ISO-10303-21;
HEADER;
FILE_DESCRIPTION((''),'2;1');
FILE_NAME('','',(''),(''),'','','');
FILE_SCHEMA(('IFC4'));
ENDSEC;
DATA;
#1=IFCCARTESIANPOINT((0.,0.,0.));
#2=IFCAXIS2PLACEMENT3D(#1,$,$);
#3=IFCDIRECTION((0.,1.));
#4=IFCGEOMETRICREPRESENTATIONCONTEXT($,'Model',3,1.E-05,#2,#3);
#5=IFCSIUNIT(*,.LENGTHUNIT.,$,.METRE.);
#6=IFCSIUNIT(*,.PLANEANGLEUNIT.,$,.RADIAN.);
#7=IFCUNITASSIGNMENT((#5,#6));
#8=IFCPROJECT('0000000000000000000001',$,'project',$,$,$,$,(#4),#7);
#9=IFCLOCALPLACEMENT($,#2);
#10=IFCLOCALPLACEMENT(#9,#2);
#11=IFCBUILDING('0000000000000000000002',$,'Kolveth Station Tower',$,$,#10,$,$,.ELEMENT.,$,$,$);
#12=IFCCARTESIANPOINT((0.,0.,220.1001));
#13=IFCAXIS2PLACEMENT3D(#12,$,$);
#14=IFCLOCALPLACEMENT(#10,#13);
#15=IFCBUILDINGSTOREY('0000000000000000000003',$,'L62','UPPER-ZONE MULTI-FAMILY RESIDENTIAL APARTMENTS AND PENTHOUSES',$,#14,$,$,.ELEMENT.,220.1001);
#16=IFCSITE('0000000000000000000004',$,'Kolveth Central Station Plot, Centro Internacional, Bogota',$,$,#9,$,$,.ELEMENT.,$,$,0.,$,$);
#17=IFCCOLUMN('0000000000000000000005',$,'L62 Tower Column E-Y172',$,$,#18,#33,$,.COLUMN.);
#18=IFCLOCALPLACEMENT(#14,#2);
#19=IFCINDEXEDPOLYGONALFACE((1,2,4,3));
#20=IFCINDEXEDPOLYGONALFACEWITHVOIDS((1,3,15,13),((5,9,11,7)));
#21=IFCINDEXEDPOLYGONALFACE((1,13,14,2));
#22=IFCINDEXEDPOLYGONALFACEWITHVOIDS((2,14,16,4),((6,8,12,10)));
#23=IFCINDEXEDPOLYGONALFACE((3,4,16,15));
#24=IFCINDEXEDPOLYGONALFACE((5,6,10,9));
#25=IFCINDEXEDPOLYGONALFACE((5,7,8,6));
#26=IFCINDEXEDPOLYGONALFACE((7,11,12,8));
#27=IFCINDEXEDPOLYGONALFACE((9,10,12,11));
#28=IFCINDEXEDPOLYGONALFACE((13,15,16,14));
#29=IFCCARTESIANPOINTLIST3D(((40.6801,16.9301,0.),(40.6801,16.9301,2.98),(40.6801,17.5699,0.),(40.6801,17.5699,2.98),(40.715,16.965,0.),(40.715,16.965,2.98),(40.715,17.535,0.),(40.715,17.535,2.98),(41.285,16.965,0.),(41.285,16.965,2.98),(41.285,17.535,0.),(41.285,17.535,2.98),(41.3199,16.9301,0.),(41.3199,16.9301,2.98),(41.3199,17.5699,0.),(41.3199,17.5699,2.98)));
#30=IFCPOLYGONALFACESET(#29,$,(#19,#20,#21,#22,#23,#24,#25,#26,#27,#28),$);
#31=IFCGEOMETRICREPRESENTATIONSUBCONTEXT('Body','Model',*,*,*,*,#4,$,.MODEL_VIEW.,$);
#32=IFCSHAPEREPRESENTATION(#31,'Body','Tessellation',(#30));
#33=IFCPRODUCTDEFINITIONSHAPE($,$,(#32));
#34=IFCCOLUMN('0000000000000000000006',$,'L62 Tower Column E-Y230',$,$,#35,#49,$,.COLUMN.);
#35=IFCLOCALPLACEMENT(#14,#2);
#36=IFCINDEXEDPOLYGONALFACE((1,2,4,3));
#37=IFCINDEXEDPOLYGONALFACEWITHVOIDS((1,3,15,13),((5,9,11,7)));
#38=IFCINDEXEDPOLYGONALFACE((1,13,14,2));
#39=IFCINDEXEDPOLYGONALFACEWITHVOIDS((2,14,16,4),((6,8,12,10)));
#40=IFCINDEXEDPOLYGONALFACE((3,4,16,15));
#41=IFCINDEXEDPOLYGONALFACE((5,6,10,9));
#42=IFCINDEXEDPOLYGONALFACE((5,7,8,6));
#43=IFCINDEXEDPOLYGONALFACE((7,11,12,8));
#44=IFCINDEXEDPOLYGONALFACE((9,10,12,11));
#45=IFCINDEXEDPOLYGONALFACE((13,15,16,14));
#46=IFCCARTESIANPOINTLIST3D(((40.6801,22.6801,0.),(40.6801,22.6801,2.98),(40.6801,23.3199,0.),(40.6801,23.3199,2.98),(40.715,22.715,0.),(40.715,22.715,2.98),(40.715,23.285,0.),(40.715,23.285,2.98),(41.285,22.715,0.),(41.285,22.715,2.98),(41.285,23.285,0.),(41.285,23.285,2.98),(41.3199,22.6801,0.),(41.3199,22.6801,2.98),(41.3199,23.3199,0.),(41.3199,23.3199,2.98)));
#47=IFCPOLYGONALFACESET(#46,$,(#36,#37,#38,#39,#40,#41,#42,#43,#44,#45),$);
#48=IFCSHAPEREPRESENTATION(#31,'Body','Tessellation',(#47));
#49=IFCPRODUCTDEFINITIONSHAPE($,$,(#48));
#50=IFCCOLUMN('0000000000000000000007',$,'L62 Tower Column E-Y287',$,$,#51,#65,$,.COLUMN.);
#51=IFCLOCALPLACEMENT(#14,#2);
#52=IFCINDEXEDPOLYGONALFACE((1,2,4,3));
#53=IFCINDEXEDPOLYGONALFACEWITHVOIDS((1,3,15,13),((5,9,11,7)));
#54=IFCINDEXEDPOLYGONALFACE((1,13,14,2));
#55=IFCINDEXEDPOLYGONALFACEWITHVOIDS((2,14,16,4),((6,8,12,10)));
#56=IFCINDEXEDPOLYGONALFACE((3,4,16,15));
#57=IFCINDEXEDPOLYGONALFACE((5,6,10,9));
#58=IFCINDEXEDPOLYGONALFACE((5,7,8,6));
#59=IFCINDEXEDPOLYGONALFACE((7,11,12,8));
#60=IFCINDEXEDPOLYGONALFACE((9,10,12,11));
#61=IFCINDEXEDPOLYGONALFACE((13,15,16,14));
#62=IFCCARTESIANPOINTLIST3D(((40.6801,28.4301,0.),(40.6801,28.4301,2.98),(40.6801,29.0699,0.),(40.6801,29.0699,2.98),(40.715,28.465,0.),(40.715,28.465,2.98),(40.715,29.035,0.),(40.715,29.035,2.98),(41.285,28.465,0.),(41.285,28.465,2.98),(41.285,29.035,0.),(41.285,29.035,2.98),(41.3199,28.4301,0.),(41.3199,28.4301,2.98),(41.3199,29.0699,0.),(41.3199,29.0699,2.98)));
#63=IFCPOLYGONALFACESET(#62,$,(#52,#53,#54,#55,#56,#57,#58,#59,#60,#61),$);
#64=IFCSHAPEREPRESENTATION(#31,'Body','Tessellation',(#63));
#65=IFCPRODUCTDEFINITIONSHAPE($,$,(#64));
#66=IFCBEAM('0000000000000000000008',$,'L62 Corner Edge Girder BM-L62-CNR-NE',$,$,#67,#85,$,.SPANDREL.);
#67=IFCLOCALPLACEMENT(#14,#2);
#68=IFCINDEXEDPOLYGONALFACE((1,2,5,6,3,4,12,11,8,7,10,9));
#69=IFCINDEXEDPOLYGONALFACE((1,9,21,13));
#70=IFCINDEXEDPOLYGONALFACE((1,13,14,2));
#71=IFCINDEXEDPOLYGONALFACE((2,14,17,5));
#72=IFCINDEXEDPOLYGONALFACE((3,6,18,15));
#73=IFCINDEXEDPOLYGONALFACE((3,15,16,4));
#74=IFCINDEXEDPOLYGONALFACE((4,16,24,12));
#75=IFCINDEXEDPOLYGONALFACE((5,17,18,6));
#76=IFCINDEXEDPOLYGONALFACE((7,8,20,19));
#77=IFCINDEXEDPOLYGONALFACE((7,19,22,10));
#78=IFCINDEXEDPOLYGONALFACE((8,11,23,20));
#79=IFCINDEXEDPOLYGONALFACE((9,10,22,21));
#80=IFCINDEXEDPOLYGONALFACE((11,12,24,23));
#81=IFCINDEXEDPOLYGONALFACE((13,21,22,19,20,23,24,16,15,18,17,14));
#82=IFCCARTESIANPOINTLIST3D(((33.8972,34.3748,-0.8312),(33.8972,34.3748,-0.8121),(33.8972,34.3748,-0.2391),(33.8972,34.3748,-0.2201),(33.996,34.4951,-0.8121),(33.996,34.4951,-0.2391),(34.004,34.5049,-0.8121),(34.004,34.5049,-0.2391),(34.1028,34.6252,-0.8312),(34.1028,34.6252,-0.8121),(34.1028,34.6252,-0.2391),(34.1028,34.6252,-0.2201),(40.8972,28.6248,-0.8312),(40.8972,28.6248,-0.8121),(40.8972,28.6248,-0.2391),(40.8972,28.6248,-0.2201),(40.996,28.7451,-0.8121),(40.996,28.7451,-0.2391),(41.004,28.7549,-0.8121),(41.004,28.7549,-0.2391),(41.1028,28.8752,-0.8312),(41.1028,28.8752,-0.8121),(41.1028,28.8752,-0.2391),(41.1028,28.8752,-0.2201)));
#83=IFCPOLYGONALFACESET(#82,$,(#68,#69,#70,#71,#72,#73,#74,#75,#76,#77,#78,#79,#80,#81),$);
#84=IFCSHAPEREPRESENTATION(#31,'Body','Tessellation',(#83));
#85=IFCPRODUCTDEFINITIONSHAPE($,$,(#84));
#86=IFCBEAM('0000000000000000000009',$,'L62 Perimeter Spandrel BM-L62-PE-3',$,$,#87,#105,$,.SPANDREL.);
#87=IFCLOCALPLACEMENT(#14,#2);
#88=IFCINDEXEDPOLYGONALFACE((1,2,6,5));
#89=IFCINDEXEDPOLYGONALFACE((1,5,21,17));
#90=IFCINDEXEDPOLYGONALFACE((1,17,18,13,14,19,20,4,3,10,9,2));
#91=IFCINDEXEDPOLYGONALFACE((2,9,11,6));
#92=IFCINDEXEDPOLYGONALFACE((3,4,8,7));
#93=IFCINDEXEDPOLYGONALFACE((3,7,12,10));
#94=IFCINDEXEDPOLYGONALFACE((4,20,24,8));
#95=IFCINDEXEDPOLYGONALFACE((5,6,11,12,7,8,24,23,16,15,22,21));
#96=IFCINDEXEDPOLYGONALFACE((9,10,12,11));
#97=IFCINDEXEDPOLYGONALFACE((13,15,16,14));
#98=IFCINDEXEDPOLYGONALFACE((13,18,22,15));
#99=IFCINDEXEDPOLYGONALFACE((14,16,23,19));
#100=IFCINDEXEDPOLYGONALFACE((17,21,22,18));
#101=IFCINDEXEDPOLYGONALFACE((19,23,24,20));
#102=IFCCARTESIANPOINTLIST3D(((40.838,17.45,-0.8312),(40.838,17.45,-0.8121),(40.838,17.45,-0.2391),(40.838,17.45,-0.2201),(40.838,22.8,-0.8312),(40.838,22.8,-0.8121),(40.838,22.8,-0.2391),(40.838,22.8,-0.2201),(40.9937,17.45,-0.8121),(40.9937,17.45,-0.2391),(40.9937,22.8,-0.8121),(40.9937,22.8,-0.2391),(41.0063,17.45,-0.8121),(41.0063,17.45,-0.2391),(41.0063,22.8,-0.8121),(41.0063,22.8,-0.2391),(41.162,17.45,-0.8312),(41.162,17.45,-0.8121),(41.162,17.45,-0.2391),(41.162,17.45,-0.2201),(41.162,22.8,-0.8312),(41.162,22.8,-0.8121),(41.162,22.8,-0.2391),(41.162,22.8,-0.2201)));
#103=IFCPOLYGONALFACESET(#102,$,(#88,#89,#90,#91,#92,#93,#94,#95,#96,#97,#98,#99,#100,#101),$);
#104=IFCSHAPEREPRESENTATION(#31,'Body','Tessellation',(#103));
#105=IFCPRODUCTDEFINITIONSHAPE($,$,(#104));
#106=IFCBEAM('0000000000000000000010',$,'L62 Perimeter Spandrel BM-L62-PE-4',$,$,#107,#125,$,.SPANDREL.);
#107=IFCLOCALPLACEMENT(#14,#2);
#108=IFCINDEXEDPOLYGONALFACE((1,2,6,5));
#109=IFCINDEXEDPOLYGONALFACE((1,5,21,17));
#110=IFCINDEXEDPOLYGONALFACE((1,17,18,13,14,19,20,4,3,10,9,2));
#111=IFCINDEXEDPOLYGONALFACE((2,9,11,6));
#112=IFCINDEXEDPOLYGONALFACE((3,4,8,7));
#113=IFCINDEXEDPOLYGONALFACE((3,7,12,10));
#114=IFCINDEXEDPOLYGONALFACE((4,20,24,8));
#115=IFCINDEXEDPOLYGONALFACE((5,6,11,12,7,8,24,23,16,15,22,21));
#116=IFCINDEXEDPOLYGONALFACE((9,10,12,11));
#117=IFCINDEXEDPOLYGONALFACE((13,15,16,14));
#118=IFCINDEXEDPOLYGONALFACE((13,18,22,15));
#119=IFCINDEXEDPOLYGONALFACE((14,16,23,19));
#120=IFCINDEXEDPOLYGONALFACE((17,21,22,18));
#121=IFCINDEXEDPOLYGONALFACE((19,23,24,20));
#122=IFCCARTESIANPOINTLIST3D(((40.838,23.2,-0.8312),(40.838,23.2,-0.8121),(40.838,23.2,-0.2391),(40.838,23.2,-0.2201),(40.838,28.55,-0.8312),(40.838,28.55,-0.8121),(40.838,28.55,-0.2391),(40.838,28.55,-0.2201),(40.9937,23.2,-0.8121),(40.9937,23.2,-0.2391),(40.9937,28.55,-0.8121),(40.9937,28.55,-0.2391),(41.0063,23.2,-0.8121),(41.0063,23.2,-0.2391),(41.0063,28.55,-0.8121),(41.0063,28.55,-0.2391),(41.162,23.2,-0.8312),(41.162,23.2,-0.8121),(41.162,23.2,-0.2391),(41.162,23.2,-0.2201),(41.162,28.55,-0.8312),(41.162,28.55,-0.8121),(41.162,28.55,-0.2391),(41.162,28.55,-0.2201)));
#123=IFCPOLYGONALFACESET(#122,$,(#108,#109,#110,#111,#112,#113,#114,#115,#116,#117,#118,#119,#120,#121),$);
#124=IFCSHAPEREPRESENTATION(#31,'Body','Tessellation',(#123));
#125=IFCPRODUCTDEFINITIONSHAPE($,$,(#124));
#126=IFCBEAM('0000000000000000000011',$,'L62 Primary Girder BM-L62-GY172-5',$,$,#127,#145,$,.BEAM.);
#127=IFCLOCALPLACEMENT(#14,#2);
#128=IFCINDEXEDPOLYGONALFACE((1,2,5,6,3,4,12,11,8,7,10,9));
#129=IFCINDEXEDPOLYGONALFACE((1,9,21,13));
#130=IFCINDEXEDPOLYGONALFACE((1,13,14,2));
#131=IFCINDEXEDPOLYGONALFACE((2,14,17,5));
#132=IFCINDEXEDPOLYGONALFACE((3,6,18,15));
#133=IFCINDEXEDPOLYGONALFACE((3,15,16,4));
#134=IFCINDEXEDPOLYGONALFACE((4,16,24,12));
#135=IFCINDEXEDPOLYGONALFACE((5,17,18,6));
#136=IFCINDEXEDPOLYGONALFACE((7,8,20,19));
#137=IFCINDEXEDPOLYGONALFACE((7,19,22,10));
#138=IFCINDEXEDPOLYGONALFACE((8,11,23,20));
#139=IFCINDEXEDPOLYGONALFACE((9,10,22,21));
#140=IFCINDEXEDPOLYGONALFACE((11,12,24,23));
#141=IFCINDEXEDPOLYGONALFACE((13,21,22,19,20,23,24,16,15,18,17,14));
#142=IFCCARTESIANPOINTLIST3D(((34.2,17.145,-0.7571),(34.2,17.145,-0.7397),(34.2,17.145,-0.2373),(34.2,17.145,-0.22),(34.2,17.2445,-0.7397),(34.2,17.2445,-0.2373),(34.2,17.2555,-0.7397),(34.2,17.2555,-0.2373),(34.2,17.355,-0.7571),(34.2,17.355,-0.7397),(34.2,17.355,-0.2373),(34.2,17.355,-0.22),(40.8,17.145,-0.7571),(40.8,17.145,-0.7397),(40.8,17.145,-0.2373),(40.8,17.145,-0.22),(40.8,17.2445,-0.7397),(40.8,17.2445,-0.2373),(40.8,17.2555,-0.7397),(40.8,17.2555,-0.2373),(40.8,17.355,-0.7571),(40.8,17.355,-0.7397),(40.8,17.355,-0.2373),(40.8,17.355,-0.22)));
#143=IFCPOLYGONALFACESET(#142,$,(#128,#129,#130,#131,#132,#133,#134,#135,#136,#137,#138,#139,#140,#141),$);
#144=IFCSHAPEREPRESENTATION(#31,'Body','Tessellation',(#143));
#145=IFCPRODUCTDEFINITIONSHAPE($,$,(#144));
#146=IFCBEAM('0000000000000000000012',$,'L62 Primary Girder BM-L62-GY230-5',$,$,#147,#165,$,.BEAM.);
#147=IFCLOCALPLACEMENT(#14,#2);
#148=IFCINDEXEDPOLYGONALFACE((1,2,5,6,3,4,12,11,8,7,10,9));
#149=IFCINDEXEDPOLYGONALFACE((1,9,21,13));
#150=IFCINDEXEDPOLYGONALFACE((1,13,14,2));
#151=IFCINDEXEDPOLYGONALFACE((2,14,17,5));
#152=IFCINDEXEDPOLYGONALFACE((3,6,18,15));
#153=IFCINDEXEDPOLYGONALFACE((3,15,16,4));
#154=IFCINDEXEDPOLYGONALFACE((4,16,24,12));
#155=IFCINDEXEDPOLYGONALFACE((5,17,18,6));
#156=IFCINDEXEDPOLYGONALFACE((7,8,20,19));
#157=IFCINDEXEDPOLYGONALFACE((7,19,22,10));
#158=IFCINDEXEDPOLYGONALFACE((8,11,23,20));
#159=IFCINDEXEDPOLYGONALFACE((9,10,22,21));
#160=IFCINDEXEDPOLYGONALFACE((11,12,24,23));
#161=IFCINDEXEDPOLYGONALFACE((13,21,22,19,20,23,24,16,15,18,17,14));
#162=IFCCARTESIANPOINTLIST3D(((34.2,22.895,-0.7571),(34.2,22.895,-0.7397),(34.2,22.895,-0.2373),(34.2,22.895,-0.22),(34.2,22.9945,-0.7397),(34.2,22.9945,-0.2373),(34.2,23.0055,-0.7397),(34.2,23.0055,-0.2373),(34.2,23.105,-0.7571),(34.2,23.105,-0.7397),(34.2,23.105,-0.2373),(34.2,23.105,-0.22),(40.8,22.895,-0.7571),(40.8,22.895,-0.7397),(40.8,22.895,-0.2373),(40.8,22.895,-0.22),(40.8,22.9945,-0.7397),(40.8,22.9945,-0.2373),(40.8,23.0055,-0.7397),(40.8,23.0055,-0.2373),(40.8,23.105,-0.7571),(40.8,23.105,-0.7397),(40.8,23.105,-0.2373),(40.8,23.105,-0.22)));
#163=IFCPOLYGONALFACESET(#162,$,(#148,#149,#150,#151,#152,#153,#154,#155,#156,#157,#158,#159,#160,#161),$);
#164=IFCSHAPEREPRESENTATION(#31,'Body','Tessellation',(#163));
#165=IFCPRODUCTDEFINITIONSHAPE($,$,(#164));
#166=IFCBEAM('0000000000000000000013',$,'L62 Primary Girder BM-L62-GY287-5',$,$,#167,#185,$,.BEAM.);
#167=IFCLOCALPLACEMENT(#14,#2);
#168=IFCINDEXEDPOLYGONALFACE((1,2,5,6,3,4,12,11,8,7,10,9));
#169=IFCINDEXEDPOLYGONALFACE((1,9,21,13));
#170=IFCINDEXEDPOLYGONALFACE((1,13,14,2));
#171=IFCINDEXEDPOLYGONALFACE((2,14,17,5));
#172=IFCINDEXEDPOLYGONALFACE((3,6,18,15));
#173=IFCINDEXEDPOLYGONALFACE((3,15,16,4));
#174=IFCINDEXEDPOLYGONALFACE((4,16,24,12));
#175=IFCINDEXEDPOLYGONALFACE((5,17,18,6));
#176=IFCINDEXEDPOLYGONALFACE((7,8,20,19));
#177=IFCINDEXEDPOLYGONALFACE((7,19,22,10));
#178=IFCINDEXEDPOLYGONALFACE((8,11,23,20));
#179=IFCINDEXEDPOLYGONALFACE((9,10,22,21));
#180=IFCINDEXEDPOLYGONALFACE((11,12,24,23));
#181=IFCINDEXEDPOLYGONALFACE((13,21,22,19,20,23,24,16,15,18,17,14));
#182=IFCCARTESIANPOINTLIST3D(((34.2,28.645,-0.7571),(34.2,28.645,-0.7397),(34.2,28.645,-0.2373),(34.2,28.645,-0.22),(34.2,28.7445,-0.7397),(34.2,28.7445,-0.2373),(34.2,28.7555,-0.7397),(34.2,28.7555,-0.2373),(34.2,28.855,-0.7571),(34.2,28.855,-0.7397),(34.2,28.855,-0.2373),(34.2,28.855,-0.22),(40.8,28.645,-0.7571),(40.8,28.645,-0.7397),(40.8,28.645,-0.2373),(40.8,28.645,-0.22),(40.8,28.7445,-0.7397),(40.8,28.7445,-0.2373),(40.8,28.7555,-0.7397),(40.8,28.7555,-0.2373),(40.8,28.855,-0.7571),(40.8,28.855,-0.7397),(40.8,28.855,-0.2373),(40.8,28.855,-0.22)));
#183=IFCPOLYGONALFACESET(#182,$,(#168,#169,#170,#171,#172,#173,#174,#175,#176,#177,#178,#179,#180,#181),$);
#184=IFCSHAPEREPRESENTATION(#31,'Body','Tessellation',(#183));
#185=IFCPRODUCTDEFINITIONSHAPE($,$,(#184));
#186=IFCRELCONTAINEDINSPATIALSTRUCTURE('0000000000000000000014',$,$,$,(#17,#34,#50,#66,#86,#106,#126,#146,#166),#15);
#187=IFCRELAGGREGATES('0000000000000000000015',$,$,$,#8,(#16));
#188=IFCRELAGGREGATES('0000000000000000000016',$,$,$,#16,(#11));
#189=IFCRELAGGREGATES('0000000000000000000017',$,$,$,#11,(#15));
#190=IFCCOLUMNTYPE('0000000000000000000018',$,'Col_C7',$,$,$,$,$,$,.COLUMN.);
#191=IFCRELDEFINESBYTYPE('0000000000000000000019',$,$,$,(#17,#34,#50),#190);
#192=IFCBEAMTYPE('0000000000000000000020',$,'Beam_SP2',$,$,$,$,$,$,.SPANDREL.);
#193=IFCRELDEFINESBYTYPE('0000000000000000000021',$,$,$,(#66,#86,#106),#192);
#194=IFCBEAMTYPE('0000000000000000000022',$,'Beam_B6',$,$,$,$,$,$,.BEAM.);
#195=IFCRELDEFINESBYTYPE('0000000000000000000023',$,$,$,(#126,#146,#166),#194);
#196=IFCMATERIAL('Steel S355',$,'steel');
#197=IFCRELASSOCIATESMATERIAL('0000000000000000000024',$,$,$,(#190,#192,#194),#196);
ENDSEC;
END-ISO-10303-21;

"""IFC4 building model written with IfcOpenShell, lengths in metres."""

from ifc_helpers import new_model, si_unit, direction, frame, origin, origin_2d, place, context, subcontext, project, spatial, hollow_rectangle, i_section, extrude, source, transform, mapped, material, material_profile, profile_set, type_object, element, save


model = new_model("IFC4")

# Units and contexts
model_context = context("Model", 3, precision=1e-05, world=origin(), true_north=direction((0.0, 1.0)))
body_context = subcontext(model_context, "Body", "Model", "MODEL_VIEW")
ifc_project = project(units=[si_unit("LENGTHUNIT", "METRE"), si_unit("PLANEANGLEUNIT", "RADIAN")], contexts=[model_context])

# Site, building, storey
site_placement = place(None, origin())
site = spatial("IfcSite", under=ifc_project, at=site_placement, Name="Kolveth Central Station Plot, Centro Internacional, Bogota", CompositionType="ELEMENT", RefElevation=0.0)
building_placement = place(site_placement, origin())
building = spatial("IfcBuilding", under=site, at=building_placement, Name="Kolveth Station Tower", CompositionType="ELEMENT")
storey_placement = place(building_placement, frame((0.0, 0.0, 220.1001)))
storey = spatial("IfcBuildingStorey", under=building, at=storey_placement, Name="L62", Description="UPPER-ZONE MULTI-FAMILY RESIDENTIAL APARTMENTS AND PENTHOUSES", CompositionType="ELEMENT", Elevation=220.1001)

# Columns
ifc_material_1 = material(Name="Steel S355", Category="steel")
ifc_material_profile_1 = material_profile(ifc_material_1, hollow_rectangle(XDim=0.6399, YDim=0.6399, WallThickness=0.0349, at=origin_2d()), Name="BOX640x640x35")
ifc_profile_set_1 = profile_set([ifc_material_profile_1], Name="Steel S355")
column_type = type_object("IfcColumnType", Name="Col_C7", PredefinedType="COLUMN", material=ifc_profile_set_1)
shared_shape_1 = source(origin(), body_context, "Body", "SweptSolid", [
    extrude(hollow_rectangle(XDim=0.6399, YDim=0.6399, WallThickness=0.0349, at=origin_2d()), origin(), (0.0, 0.0, 1.0), 2.98),
])
for number, where, z_axis, x_axis, name in (
    (1, (41.0, 17.25, 0.0), (0.0, 0.0, 1.0), (1.0, 0.0, 0.0), "L62 Tower Column E-Y172"),
    (2, (41.0, 23.0, 0.0), (0.0, 0.0, 1.0), (1.0, 0.0, 0.0), "L62 Tower Column E-Y230"),
    (3, (41.0, 28.75, 0.0), (0.0, 0.0, 1.0), (1.0, 0.0, 0.0), "L62 Tower Column E-Y287"),
):
    element("IfcColumn", number, at=place(storey_placement, frame(where, z_axis=z_axis, x_axis=x_axis)), inside=storey, type_object=column_type, Name=name, PredefinedType="COLUMN", context=body_context, shape_type="MappedRepresentation", body=[
        mapped(shared_shape_1, transform((0.0, 0.0, 0.0), x_axis=(1.0, 0.0, 0.0), y_axis=(0.0, 1.0, 0.0), z_axis=(0.0, 0.0, 1.0), scale=1.0)),
    ])

# Beams
ifc_material_profile_2 = material_profile(ifc_material_1, i_section(OverallWidth=0.324, OverallDepth=0.6111, WebThickness=0.0127, FlangeThickness=0.019, at=origin_2d()), Name="W610x155")
ifc_profile_set_2 = profile_set([ifc_material_profile_2], Name="Steel S355")
beam_type_1 = type_object("IfcBeamType", Name="Beam_SP2", PredefinedType="SPANDREL", material=ifc_profile_set_2)
shared_shape_2 = source(origin(), body_context, "Body", "SweptSolid", [
    extrude(i_section(OverallWidth=0.324, OverallDepth=0.6111, WebThickness=0.0127, FlangeThickness=0.019, at=origin_2d()), origin(), (0.0, 0.0, 1.0), 9.0588),
])
beam_1_placement = place(storey_placement, frame((41.0, 28.75, -0.5256), z_axis=(-0.772726, 0.634739, 0.0), x_axis=(-0.634739, -0.772726, 0.0)))
element("IfcBeam", 4, at=beam_1_placement, inside=storey, type_object=beam_type_1, Name="L62 Corner Edge Girder BM-L62-CNR-NE", PredefinedType="SPANDREL", context=body_context, shape_type="MappedRepresentation", body=[
    mapped(shared_shape_2, transform((0.0, 0.0, 0.0), x_axis=(1.0, 0.0, 0.0), y_axis=(0.0, 1.0, 0.0), z_axis=(0.0, 0.0, 1.0), scale=1.0)),
])
shared_shape_3 = source(origin(), body_context, "Body", "SweptSolid", [
    extrude(i_section(OverallWidth=0.324, OverallDepth=0.6111, WebThickness=0.0127, FlangeThickness=0.019, at=origin_2d()), origin(), (0.0, 0.0, 1.0), 5.3501),
])
for number, where, z_axis, x_axis, name in (
    (5, (41.0, 17.45, -0.5256), (0.0, 1.0, 0.0), (-1.0, 0.0, 0.0), "L62 Perimeter Spandrel BM-L62-PE-3"),
    (6, (41.0, 23.2, -0.5256), (0.0, 1.0, 0.0), (-1.0, 0.0, 0.0), "L62 Perimeter Spandrel BM-L62-PE-4"),
):
    element("IfcBeam", number, at=place(storey_placement, frame(where, z_axis=z_axis, x_axis=x_axis)), inside=storey, type_object=beam_type_1, Name=name, PredefinedType="SPANDREL", context=body_context, shape_type="MappedRepresentation", body=[
        mapped(shared_shape_3, transform((0.0, 0.0, 0.0), x_axis=(1.0, 0.0, 0.0), y_axis=(0.0, 1.0, 0.0), z_axis=(0.0, 0.0, 1.0), scale=1.0)),
    ])
ifc_material_profile_3 = material_profile(ifc_material_1, i_section(OverallWidth=0.21, OverallDepth=0.5371, WebThickness=0.011, FlangeThickness=0.0173, at=origin_2d()), Name="W530x101")
ifc_profile_set_3 = profile_set([ifc_material_profile_3], Name="Steel S355")
beam_type_2 = type_object("IfcBeamType", Name="Beam_B6", PredefinedType="BEAM", material=ifc_profile_set_3)
shared_shape_4 = source(origin(), body_context, "Body", "SweptSolid", [
    extrude(i_section(OverallWidth=0.21, OverallDepth=0.5371, WebThickness=0.011, FlangeThickness=0.0173, at=origin_2d()), origin(), (0.0, 0.0, 1.0), 6.6001),
])
for number, where, z_axis, x_axis, name in (
    (7, (34.2, 17.25, -0.4885), (1.0, 0.0, 0.0), (0.0, 1.0, 0.0), "L62 Primary Girder BM-L62-GY172-5"),
    (8, (34.2, 23.0, -0.4885), (1.0, 0.0, 0.0), (0.0, 1.0, 0.0), "L62 Primary Girder BM-L62-GY230-5"),
    (9, (34.2, 28.75, -0.4885), (1.0, 0.0, 0.0), (0.0, 1.0, 0.0), "L62 Primary Girder BM-L62-GY287-5"),
):
    element("IfcBeam", number, at=place(storey_placement, frame(where, z_axis=z_axis, x_axis=x_axis)), inside=storey, type_object=beam_type_2, Name=name, PredefinedType="BEAM", context=body_context, shape_type="MappedRepresentation", body=[
        mapped(shared_shape_4, transform((0.0, 0.0, 0.0), x_axis=(1.0, 0.0, 0.0), y_axis=(0.0, 1.0, 0.0), z_axis=(0.0, 0.0, 1.0), scale=1.0)),
    ])

save(model, "model.ifc")
